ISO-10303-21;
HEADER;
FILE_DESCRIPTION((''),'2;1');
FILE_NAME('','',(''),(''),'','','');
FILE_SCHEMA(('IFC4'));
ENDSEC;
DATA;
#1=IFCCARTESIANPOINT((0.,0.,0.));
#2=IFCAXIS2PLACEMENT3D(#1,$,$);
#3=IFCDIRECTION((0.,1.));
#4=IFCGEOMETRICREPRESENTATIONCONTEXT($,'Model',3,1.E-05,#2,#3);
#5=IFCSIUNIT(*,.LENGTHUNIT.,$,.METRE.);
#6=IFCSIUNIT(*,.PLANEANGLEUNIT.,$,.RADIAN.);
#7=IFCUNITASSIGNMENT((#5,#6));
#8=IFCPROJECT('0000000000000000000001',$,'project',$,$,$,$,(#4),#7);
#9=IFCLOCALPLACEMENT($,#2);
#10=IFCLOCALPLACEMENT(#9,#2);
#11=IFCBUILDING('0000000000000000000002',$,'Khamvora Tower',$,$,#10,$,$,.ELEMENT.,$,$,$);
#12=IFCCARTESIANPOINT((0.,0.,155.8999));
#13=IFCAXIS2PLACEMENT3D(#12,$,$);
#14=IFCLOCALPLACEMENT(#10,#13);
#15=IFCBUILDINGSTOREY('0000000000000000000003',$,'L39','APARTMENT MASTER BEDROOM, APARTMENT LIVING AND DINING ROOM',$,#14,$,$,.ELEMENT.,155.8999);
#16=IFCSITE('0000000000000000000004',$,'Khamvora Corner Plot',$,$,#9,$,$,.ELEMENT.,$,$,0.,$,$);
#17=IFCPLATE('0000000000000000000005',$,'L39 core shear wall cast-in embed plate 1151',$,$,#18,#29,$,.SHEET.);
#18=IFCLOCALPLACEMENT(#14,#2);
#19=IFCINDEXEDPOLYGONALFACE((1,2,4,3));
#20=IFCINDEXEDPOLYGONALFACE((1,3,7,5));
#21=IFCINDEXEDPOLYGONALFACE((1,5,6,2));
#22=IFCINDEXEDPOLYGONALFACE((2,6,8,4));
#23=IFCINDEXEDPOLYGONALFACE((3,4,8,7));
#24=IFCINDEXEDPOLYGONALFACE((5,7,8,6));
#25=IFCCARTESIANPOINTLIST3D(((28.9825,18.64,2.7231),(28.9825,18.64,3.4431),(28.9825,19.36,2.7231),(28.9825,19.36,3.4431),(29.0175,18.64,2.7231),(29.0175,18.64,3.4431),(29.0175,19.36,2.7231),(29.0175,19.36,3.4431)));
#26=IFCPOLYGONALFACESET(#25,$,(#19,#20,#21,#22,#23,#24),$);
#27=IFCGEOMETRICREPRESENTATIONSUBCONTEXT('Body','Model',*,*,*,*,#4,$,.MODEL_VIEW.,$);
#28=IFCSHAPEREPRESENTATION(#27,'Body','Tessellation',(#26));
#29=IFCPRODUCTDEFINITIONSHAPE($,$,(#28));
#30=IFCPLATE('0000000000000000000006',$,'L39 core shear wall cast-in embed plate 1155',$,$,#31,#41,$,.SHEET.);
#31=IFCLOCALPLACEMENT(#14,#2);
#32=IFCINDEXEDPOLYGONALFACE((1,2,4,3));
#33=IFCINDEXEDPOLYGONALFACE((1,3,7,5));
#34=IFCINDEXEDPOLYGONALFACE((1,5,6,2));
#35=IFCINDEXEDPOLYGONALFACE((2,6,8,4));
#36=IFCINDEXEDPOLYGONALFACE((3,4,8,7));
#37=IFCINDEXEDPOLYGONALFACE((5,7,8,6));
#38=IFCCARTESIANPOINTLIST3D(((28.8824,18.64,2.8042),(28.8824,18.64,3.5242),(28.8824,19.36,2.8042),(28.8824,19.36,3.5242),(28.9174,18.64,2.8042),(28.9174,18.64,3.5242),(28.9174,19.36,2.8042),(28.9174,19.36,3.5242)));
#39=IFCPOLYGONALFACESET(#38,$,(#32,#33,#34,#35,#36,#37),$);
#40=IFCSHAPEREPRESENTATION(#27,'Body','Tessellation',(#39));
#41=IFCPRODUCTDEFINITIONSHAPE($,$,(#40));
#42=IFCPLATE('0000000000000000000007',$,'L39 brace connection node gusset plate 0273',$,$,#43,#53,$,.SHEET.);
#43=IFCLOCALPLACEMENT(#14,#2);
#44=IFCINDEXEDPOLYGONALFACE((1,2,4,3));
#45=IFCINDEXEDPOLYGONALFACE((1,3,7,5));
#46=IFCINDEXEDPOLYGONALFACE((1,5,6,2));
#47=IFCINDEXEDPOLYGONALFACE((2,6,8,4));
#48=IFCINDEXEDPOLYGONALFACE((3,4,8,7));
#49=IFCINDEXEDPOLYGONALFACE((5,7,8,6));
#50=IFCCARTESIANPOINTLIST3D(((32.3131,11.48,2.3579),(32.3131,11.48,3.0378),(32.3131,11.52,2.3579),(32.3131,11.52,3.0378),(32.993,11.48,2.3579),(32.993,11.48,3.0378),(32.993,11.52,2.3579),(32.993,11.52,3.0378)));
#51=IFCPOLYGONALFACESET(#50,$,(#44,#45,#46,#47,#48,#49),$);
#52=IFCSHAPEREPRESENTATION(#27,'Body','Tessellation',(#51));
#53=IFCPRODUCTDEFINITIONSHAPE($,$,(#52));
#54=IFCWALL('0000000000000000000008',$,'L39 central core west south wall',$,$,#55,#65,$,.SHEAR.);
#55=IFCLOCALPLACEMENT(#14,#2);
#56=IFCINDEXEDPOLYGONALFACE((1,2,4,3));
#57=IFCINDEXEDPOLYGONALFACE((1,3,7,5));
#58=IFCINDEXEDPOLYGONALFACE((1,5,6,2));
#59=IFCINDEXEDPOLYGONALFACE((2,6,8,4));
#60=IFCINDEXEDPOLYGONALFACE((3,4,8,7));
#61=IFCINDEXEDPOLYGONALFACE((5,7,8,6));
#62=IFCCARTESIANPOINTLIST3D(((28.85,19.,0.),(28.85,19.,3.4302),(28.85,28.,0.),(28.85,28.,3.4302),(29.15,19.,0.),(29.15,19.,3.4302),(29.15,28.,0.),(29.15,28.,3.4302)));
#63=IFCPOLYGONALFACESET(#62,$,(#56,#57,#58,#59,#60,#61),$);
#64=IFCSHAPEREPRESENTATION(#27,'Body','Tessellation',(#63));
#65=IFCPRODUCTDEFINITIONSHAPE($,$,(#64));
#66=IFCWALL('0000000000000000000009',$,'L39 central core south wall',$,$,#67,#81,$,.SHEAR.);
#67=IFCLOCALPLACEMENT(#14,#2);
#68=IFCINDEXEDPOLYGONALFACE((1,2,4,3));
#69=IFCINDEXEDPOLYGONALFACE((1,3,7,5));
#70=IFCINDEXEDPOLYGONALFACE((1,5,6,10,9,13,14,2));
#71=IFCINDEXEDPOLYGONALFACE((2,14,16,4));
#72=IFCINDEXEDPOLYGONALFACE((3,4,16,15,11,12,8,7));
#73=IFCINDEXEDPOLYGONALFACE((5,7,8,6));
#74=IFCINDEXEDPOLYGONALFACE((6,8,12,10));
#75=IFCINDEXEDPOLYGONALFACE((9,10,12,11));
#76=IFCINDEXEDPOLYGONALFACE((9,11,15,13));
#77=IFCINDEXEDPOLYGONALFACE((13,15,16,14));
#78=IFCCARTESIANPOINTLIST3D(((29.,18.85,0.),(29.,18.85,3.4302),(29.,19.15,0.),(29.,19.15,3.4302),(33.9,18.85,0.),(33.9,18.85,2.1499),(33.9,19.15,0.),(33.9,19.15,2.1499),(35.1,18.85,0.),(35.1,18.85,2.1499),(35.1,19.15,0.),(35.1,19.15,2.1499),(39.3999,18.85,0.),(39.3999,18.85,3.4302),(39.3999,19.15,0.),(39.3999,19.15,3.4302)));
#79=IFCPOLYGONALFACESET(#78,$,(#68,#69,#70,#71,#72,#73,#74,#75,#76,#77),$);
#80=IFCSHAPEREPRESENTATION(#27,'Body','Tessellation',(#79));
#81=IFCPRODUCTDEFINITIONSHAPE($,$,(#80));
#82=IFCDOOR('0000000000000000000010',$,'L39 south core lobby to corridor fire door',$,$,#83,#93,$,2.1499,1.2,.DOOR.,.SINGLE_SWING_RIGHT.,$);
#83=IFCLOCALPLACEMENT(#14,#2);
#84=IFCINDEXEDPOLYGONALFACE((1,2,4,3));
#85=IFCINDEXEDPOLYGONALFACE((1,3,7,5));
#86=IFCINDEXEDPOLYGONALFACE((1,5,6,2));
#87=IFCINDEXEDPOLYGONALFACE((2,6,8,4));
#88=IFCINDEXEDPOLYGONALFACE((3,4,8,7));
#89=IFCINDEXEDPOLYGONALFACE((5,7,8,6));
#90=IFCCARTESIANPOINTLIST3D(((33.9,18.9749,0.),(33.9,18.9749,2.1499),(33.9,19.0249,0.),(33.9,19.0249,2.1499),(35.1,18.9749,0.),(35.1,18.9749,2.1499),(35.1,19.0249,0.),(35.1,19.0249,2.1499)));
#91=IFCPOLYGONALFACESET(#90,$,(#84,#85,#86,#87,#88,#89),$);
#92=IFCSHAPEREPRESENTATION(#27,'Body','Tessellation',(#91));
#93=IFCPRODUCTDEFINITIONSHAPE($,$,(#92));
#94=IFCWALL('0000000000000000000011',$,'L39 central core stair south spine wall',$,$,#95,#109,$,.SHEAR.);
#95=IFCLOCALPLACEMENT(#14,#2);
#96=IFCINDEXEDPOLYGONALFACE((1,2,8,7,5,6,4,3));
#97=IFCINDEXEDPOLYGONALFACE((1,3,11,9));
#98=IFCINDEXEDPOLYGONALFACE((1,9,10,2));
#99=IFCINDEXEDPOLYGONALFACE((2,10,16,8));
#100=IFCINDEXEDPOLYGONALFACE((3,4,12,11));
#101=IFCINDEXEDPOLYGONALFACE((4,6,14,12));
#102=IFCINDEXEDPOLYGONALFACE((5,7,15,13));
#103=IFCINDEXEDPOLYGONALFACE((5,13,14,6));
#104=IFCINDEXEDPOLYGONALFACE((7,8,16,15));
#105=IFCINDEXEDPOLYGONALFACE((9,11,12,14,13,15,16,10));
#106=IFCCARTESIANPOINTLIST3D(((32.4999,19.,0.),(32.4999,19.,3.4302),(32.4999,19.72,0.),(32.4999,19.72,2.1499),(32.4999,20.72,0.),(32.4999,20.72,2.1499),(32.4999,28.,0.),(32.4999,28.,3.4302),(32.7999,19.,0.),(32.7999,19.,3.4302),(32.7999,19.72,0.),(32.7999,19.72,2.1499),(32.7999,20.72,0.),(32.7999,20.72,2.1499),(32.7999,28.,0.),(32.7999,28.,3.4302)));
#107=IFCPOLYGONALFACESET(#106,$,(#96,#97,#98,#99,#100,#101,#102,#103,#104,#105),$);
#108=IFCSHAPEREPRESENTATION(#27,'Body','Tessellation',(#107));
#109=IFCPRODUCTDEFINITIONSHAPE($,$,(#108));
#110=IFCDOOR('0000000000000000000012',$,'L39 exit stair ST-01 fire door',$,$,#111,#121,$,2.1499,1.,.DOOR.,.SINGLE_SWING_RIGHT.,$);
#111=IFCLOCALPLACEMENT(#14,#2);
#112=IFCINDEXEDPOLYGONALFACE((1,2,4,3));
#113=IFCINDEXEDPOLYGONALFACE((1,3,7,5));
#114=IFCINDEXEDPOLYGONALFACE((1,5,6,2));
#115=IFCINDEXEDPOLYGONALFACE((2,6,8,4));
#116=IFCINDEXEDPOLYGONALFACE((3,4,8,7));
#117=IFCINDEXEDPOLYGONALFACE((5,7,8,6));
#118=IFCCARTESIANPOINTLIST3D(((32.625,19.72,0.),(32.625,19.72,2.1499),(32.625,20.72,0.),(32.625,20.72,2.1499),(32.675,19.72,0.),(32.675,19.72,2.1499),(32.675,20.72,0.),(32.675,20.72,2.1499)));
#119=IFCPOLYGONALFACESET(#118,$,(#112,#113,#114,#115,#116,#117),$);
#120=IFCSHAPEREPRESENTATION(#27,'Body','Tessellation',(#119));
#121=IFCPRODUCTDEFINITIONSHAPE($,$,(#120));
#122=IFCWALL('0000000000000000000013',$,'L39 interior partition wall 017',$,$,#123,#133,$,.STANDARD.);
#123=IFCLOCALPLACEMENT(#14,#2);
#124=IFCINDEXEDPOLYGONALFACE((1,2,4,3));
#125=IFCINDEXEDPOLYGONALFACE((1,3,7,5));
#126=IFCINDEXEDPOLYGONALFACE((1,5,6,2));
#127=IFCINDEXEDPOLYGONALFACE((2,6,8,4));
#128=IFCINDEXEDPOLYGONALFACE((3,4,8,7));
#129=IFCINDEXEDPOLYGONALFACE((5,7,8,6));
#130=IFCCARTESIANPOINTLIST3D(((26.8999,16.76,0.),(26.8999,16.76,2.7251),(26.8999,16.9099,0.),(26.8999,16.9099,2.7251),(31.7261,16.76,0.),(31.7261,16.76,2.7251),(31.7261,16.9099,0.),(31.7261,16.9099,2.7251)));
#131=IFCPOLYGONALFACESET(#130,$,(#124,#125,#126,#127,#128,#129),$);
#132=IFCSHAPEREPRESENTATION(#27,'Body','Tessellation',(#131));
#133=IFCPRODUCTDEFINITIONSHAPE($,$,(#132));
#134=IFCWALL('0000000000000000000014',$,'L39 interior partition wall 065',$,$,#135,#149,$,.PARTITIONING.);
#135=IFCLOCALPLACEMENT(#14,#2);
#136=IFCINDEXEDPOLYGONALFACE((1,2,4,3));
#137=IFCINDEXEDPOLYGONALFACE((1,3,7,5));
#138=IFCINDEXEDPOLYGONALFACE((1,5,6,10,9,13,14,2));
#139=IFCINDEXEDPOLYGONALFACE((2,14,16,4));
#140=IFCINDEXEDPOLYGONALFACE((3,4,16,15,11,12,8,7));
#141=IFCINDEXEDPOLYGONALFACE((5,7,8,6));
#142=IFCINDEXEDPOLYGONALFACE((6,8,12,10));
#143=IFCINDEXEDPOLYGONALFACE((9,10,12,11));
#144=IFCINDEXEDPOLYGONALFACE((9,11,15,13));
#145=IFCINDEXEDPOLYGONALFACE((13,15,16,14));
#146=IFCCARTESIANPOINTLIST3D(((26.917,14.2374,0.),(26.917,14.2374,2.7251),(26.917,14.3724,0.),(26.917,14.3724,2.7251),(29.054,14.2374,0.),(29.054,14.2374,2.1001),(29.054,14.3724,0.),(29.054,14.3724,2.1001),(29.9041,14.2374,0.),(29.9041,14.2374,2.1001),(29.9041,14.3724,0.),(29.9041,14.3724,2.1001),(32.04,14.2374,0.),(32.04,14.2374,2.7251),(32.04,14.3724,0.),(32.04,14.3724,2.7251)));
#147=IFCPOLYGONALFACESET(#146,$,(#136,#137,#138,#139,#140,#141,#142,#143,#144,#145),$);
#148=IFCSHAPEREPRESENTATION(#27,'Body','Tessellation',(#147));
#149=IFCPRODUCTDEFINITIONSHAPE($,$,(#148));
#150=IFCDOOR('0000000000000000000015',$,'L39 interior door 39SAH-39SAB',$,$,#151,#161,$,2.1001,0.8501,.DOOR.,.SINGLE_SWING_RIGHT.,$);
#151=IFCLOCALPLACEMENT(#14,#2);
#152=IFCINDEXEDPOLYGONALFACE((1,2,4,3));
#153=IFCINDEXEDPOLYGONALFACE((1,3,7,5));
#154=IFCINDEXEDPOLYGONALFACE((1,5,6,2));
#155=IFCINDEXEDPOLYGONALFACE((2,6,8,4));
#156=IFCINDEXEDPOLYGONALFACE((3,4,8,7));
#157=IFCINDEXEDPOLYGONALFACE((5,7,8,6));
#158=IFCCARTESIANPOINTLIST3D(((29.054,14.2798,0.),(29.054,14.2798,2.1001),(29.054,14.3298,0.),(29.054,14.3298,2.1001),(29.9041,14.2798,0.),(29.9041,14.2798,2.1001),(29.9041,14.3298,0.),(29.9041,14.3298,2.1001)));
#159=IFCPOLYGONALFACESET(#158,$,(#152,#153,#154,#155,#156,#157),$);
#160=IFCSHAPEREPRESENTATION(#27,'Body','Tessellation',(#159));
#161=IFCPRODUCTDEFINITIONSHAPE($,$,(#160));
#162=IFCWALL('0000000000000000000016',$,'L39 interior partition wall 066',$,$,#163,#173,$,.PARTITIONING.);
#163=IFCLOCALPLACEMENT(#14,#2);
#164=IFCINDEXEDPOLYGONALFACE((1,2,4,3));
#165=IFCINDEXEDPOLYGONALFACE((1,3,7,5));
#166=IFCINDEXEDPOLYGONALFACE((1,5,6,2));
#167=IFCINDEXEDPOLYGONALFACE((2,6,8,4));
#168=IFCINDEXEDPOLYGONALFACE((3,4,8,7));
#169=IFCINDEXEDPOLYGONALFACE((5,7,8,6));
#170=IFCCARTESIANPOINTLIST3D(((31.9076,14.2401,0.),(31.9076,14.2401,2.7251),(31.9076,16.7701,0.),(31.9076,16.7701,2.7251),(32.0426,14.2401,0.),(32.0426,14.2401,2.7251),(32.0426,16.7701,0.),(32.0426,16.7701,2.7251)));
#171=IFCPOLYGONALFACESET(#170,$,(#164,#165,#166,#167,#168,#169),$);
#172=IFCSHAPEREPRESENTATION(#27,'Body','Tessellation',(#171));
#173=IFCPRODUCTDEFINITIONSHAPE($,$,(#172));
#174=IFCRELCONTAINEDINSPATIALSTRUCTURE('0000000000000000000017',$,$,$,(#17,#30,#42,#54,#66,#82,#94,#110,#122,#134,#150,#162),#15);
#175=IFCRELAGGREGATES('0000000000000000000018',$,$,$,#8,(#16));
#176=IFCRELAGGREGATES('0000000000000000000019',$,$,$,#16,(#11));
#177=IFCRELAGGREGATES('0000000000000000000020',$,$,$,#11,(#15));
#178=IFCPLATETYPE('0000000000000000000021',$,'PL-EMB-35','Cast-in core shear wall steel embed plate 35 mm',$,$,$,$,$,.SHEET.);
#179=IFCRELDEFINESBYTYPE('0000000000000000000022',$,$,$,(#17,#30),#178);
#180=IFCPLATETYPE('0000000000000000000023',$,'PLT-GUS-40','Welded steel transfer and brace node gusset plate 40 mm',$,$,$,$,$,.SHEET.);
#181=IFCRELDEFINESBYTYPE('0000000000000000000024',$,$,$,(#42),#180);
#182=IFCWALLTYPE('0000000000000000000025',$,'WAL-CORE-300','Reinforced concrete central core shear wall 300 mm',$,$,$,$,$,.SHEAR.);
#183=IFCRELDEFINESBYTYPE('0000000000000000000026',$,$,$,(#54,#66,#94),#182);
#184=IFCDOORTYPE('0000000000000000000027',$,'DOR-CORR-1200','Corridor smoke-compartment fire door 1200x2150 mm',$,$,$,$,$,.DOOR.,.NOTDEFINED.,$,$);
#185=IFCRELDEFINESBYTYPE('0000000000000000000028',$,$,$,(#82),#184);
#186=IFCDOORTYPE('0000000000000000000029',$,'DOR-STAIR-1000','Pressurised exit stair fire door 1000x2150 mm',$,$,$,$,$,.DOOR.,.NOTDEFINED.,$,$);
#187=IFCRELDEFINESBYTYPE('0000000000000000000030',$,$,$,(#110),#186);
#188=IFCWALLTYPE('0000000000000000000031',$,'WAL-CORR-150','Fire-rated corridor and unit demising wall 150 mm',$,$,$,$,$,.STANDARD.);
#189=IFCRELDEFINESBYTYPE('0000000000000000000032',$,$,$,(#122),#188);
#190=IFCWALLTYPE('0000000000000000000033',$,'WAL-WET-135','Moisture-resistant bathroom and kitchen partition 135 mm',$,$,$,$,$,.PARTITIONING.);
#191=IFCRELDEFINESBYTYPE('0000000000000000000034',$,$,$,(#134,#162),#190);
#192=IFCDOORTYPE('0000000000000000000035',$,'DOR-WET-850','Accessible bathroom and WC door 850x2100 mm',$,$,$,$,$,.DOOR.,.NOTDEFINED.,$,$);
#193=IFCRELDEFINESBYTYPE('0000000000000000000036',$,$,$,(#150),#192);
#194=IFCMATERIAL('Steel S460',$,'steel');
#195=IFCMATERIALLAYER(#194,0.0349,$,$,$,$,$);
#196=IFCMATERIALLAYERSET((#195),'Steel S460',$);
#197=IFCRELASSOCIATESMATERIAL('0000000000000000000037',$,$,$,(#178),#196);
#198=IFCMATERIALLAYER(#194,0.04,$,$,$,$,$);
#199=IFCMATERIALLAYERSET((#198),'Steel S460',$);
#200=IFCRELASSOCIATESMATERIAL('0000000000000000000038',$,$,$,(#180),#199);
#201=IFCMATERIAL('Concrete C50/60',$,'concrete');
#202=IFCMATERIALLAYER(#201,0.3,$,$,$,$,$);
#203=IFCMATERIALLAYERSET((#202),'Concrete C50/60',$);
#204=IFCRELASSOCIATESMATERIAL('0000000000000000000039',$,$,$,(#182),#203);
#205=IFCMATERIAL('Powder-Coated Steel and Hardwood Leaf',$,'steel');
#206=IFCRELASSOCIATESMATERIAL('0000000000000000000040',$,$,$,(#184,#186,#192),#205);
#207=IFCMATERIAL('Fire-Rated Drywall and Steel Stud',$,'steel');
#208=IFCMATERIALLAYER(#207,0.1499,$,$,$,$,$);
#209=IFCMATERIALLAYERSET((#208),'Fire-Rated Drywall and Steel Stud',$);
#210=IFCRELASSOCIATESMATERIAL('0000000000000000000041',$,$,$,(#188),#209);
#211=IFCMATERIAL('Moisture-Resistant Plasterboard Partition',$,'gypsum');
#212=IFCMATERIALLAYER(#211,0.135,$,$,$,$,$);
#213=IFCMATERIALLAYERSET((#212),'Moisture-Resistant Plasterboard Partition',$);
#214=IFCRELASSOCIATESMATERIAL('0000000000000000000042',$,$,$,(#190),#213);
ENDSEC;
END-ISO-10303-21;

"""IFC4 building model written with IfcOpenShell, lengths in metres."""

from ifc_helpers import new_model, si_unit, direction, frame, frame_2d, origin, origin_2d, place, context, subcontext, project, spatial, rectangle, extrude, material, layer, layer_set, type_object, element, fill, save


model = new_model("IFC4")

# Units and contexts
model_context = context("Model", 3, precision=1e-05, world=origin(), true_north=direction((0.0, 1.0)))
body_context = subcontext(model_context, "Body", "Model", "MODEL_VIEW")
ifc_project = project(units=[si_unit("LENGTHUNIT", "METRE"), si_unit("PLANEANGLEUNIT", "RADIAN")], contexts=[model_context])

# Site, building, storey
site_placement = place(None, origin())
site = spatial("IfcSite", under=ifc_project, at=site_placement, Name="Khamvora Corner Plot", CompositionType="ELEMENT", RefElevation=0.0)
building_placement = place(site_placement, origin())
building = spatial("IfcBuilding", under=site, at=building_placement, Name="Khamvora Tower", CompositionType="ELEMENT")
storey_placement = place(building_placement, frame((0.0, 0.0, 155.8999)))
storey = spatial("IfcBuildingStorey", under=building, at=storey_placement, Name="L39", Description="APARTMENT MASTER BEDROOM, APARTMENT LIVING AND DINING ROOM", CompositionType="ELEMENT", Elevation=155.8999)

# Shared definitions
ifc_material_1 = material(Name="Steel S460", Category="steel")

# Plates
ifc_layer_1 = layer(ifc_material_1, 0.0349)
ifc_layer_set_1 = layer_set([ifc_layer_1], Name="Steel S460")
plate_type_1 = type_object("IfcPlateType", Name="PL-EMB-35", Description="Cast-in core shear wall steel embed plate 35 mm", PredefinedType="SHEET", material=ifc_layer_set_1)
for number, where, z_axis, x_axis, name in (
    (1, (29.0, 19.0, 2.7231), (0.0, 0.0, 1.0), (1.0, 0.0, 0.0), "L39 core shear wall cast-in embed plate 1151"),
    (2, (28.8999, 19.0, 2.8042), (0.0, 0.0, 1.0), (1.0, 0.0, 0.0), "L39 core shear wall cast-in embed plate 1155"),
):
    element("IfcPlate", number, at=place(storey_placement, frame(where, z_axis=z_axis, x_axis=x_axis)), inside=storey, type_object=plate_type_1, Name=name, PredefinedType="SHEET", context=body_context, shape_type="SweptSolid", body=[
        extrude(rectangle(XDim=0.0349, YDim=0.72, at=origin_2d()), origin(), (0.0, 0.0, 1.0), 0.72),
    ])
ifc_layer_2 = layer(ifc_material_1, 0.04)
ifc_layer_set_2 = layer_set([ifc_layer_2], Name="Steel S460")
plate_type_2 = type_object("IfcPlateType", Name="PLT-GUS-40", Description="Welded steel transfer and brace node gusset plate 40 mm", PredefinedType="SHEET", material=ifc_layer_set_2)
plate_1_placement = place(storey_placement, frame((32.6531, 11.5, 2.3579), z_axis=(0.0, 0.0, 1.0), x_axis=(1.0, 0.0, 0.0)))
element("IfcPlate", 3, at=plate_1_placement, inside=storey, type_object=plate_type_2, Name="L39 brace connection node gusset plate 0273", PredefinedType="SHEET", context=body_context, shape_type="SweptSolid", body=[
    extrude(rectangle(XDim=0.6799, YDim=0.04, at=origin_2d()), origin(), (0.0, 0.0, 1.0), 0.6799),
])

# Wall
ifc_material_2 = material(Name="Concrete C50/60", Category="concrete")
ifc_layer_3 = layer(ifc_material_2, 0.3)
ifc_layer_set_3 = layer_set([ifc_layer_3], Name="Concrete C50/60")
wall_type_1 = type_object("IfcWallType", Name="WAL-CORE-300", Description="Reinforced concrete central core shear wall 300 mm", PredefinedType="SHEAR", material=ifc_layer_set_3)
wall_1_placement = place(storey_placement, frame((29.0, 19.0, 0.0), z_axis=(0.0, 0.0, 1.0), x_axis=(0.0, 1.0, 0.0)))
element("IfcWall", 4, at=wall_1_placement, inside=storey, type_object=wall_type_1, Name="L39 central core west south wall", PredefinedType="SHEAR", context=body_context, shape_type="SweptSolid", body=[
    extrude(rectangle(XDim=9.0, YDim=0.3, at=frame_2d((4.5, 0.0))), origin(), (0.0, 0.0, 1.0), 3.4302),
])

# Walls, openings, doors
wall_2_placement = place(storey_placement, frame((29.0, 19.0, 0.0), z_axis=(0.0, 0.0, 1.0), x_axis=(1.0, 0.0, 0.0)))
wall_2 = element("IfcWall", 5, at=wall_2_placement, inside=storey, type_object=wall_type_1, Name="L39 central core south wall", PredefinedType="SHEAR", context=body_context, shape_type="SweptSolid", body=[
    extrude(rectangle(XDim=10.3999, YDim=0.3, at=frame_2d((5.2, 0.0))), origin(), (0.0, 0.0, 1.0), 3.4302),
])
opening_1_placement = place(wall_2_placement, frame((4.8999, 0.0, 0.0)))
opening_1 = element("IfcOpeningElement", 6, at=opening_1_placement, cuts=wall_2, PredefinedType="OPENING", context=body_context, shape_type="SweptSolid", body=[
    extrude(rectangle(XDim=1.2, YDim=2.1499, at=frame_2d((0.6001, 1.075))), frame((0.0, 0.1599, 0.0), z_axis=(0.0, -1.0, 0.0), x_axis=(1.0, 0.0, 0.0)), (0.0, 0.0, 1.0), 0.3201),
])
ifc_material_3 = material(Name="Powder-Coated Steel and Hardwood Leaf", Category="steel")
door_type_1 = type_object("IfcDoorType", Name="DOR-CORR-1200", Description="Corridor smoke-compartment fire door 1200x2150 mm", OperationType="NOTDEFINED", PredefinedType="DOOR", material=ifc_material_3)
door_1_placement = place(opening_1_placement, origin())
door_1 = element("IfcDoor", 7, at=door_1_placement, inside=storey, type_object=door_type_1, Name="L39 south core lobby to corridor fire door", OperationType="SINGLE_SWING_RIGHT", OverallHeight=2.1499, OverallWidth=1.2, PredefinedType="DOOR", context=body_context, shape_type="SweptSolid", body=[
    extrude(rectangle(XDim=1.2, YDim=2.1499, at=frame_2d((0.6001, 1.075))), frame((0.0, 0.0249, 0.0), z_axis=(0.0, -1.0, 0.0), x_axis=(1.0, 0.0, 0.0)), (0.0, 0.0, 1.0), 0.05),
])
fill(opening_1, door_1)
wall_3_placement = place(storey_placement, frame((32.6499, 19.0, 0.0), z_axis=(0.0, 0.0, 1.0), x_axis=(0.0, 1.0, 0.0)))
wall_3 = element("IfcWall", 8, at=wall_3_placement, inside=storey, type_object=wall_type_1, Name="L39 central core stair south spine wall", PredefinedType="SHEAR", context=body_context, shape_type="SweptSolid", body=[
    extrude(rectangle(XDim=9.0, YDim=0.3, at=frame_2d((4.5, 0.0))), origin(), (0.0, 0.0, 1.0), 3.4302),
])
opening_2_placement = place(wall_3_placement, frame((0.72, 0.0, 0.0)))
opening_2 = element("IfcOpeningElement", 9, at=opening_2_placement, cuts=wall_3, PredefinedType="OPENING", context=body_context, shape_type="SweptSolid", body=[
    extrude(rectangle(XDim=1.0, YDim=2.1499, at=frame_2d((0.5, 1.075))), frame((0.0, 0.1599, 0.0), z_axis=(0.0, -1.0, 0.0), x_axis=(1.0, 0.0, 0.0)), (0.0, 0.0, 1.0), 0.3201),
])
door_type_2 = type_object("IfcDoorType", Name="DOR-STAIR-1000", Description="Pressurised exit stair fire door 1000x2150 mm", OperationType="NOTDEFINED", PredefinedType="DOOR", material=ifc_material_3)
door_2_placement = place(opening_2_placement, origin())
door_2 = element("IfcDoor", 10, at=door_2_placement, inside=storey, type_object=door_type_2, Name="L39 exit stair ST-01 fire door", OperationType="SINGLE_SWING_RIGHT", OverallHeight=2.1499, OverallWidth=1.0, PredefinedType="DOOR", context=body_context, shape_type="SweptSolid", body=[
    extrude(rectangle(XDim=1.0, YDim=2.1499, at=frame_2d((0.5, 1.075))), frame((0.0, 0.0249, 0.0), z_axis=(0.0, -1.0, 0.0), x_axis=(1.0, 0.0, 0.0)), (0.0, 0.0, 1.0), 0.05),
])
fill(opening_2, door_2)

# Wall
ifc_material_4 = material(Name="Fire-Rated Drywall and Steel Stud", Category="steel")
ifc_layer_4 = layer(ifc_material_4, 0.1499)
ifc_layer_set_4 = layer_set([ifc_layer_4], Name="Fire-Rated Drywall and Steel Stud")
wall_type_2 = type_object("IfcWallType", Name="WAL-CORR-150", Description="Fire-rated corridor and unit demising wall 150 mm", PredefinedType="STANDARD", material=ifc_layer_set_4)
wall_4_placement = place(storey_placement, frame((31.7261, 16.835, 0.0), z_axis=(0.0, 0.0, 1.0), x_axis=(-1.0, 0.0, 0.0)))
element("IfcWall", 11, at=wall_4_placement, inside=storey, type_object=wall_type_2, Name="L39 interior partition wall 017", PredefinedType="STANDARD", context=body_context, shape_type="SweptSolid", body=[
    extrude(rectangle(XDim=4.8262, YDim=0.1499, at=frame_2d((2.4131, 0.0))), origin(), (0.0, 0.0, 1.0), 2.7251),
])

# Wall, opening, door
ifc_material_5 = material(Name="Moisture-Resistant Plasterboard Partition", Category="gypsum")
ifc_layer_5 = layer(ifc_material_5, 0.135)
ifc_layer_set_5 = layer_set([ifc_layer_5], Name="Moisture-Resistant Plasterboard Partition")
wall_type_3 = type_object("IfcWallType", Name="WAL-WET-135", Description="Moisture-resistant bathroom and kitchen partition 135 mm", PredefinedType="PARTITIONING", material=ifc_layer_set_5)
wall_5_placement = place(storey_placement, frame((26.917, 14.3049, 0.0), z_axis=(0.0, 0.0, 1.0), x_axis=(1.0, 0.0, 0.0)))
wall_5 = element("IfcWall", 12, at=wall_5_placement, inside=storey, type_object=wall_type_3, Name="L39 interior partition wall 065", PredefinedType="PARTITIONING", context=body_context, shape_type="SweptSolid", body=[
    extrude(rectangle(XDim=5.123, YDim=0.135, at=frame_2d((2.5615, 0.0))), origin(), (0.0, 0.0, 1.0), 2.7251),
])
opening_3_placement = place(wall_5_placement, frame((2.137, 0.0, 0.0)))
opening_3 = element("IfcOpeningElement", 13, at=opening_3_placement, cuts=wall_5, PredefinedType="OPENING", context=body_context, shape_type="SweptSolid", body=[
    extrude(rectangle(XDim=0.8501, YDim=2.1001, at=frame_2d((0.425, 1.05))), frame((0.0, 0.0774, 0.0), z_axis=(0.0, -1.0, 0.0), x_axis=(1.0, 0.0, 0.0)), (0.0, 0.0, 1.0), 0.155),
])
door_type_3 = type_object("IfcDoorType", Name="DOR-WET-850", Description="Accessible bathroom and WC door 850x2100 mm", OperationType="NOTDEFINED", PredefinedType="DOOR", material=ifc_material_3)
door_3_placement = place(opening_3_placement, origin())
door_3 = element("IfcDoor", 14, at=door_3_placement, inside=storey, type_object=door_type_3, Name="L39 interior door 39SAH-39SAB", OperationType="SINGLE_SWING_RIGHT", OverallHeight=2.1001, OverallWidth=0.8501, PredefinedType="DOOR", context=body_context, shape_type="SweptSolid", body=[
    extrude(rectangle(XDim=0.8501, YDim=2.1001, at=frame_2d((0.425, 1.05))), frame((0.0, 0.0249, 0.0), z_axis=(0.0, -1.0, 0.0), x_axis=(1.0, 0.0, 0.0)), (0.0, 0.0, 1.0), 0.05),
])
fill(opening_3, door_3)

# Wall
wall_6_placement = place(storey_placement, frame((31.9751, 14.24, 0.0), z_axis=(0.0, 0.0, 1.0), x_axis=(0.0, 1.0, 0.0)))
element("IfcWall", 15, at=wall_6_placement, inside=storey, type_object=wall_type_3, Name="L39 interior partition wall 066", PredefinedType="PARTITIONING", context=body_context, shape_type="SweptSolid", body=[
    extrude(rectangle(XDim=2.53, YDim=0.135, at=frame_2d((1.2651, 0.0))), origin(), (0.0, 0.0, 1.0), 2.7251),
])

save(model, "model.ifc")
